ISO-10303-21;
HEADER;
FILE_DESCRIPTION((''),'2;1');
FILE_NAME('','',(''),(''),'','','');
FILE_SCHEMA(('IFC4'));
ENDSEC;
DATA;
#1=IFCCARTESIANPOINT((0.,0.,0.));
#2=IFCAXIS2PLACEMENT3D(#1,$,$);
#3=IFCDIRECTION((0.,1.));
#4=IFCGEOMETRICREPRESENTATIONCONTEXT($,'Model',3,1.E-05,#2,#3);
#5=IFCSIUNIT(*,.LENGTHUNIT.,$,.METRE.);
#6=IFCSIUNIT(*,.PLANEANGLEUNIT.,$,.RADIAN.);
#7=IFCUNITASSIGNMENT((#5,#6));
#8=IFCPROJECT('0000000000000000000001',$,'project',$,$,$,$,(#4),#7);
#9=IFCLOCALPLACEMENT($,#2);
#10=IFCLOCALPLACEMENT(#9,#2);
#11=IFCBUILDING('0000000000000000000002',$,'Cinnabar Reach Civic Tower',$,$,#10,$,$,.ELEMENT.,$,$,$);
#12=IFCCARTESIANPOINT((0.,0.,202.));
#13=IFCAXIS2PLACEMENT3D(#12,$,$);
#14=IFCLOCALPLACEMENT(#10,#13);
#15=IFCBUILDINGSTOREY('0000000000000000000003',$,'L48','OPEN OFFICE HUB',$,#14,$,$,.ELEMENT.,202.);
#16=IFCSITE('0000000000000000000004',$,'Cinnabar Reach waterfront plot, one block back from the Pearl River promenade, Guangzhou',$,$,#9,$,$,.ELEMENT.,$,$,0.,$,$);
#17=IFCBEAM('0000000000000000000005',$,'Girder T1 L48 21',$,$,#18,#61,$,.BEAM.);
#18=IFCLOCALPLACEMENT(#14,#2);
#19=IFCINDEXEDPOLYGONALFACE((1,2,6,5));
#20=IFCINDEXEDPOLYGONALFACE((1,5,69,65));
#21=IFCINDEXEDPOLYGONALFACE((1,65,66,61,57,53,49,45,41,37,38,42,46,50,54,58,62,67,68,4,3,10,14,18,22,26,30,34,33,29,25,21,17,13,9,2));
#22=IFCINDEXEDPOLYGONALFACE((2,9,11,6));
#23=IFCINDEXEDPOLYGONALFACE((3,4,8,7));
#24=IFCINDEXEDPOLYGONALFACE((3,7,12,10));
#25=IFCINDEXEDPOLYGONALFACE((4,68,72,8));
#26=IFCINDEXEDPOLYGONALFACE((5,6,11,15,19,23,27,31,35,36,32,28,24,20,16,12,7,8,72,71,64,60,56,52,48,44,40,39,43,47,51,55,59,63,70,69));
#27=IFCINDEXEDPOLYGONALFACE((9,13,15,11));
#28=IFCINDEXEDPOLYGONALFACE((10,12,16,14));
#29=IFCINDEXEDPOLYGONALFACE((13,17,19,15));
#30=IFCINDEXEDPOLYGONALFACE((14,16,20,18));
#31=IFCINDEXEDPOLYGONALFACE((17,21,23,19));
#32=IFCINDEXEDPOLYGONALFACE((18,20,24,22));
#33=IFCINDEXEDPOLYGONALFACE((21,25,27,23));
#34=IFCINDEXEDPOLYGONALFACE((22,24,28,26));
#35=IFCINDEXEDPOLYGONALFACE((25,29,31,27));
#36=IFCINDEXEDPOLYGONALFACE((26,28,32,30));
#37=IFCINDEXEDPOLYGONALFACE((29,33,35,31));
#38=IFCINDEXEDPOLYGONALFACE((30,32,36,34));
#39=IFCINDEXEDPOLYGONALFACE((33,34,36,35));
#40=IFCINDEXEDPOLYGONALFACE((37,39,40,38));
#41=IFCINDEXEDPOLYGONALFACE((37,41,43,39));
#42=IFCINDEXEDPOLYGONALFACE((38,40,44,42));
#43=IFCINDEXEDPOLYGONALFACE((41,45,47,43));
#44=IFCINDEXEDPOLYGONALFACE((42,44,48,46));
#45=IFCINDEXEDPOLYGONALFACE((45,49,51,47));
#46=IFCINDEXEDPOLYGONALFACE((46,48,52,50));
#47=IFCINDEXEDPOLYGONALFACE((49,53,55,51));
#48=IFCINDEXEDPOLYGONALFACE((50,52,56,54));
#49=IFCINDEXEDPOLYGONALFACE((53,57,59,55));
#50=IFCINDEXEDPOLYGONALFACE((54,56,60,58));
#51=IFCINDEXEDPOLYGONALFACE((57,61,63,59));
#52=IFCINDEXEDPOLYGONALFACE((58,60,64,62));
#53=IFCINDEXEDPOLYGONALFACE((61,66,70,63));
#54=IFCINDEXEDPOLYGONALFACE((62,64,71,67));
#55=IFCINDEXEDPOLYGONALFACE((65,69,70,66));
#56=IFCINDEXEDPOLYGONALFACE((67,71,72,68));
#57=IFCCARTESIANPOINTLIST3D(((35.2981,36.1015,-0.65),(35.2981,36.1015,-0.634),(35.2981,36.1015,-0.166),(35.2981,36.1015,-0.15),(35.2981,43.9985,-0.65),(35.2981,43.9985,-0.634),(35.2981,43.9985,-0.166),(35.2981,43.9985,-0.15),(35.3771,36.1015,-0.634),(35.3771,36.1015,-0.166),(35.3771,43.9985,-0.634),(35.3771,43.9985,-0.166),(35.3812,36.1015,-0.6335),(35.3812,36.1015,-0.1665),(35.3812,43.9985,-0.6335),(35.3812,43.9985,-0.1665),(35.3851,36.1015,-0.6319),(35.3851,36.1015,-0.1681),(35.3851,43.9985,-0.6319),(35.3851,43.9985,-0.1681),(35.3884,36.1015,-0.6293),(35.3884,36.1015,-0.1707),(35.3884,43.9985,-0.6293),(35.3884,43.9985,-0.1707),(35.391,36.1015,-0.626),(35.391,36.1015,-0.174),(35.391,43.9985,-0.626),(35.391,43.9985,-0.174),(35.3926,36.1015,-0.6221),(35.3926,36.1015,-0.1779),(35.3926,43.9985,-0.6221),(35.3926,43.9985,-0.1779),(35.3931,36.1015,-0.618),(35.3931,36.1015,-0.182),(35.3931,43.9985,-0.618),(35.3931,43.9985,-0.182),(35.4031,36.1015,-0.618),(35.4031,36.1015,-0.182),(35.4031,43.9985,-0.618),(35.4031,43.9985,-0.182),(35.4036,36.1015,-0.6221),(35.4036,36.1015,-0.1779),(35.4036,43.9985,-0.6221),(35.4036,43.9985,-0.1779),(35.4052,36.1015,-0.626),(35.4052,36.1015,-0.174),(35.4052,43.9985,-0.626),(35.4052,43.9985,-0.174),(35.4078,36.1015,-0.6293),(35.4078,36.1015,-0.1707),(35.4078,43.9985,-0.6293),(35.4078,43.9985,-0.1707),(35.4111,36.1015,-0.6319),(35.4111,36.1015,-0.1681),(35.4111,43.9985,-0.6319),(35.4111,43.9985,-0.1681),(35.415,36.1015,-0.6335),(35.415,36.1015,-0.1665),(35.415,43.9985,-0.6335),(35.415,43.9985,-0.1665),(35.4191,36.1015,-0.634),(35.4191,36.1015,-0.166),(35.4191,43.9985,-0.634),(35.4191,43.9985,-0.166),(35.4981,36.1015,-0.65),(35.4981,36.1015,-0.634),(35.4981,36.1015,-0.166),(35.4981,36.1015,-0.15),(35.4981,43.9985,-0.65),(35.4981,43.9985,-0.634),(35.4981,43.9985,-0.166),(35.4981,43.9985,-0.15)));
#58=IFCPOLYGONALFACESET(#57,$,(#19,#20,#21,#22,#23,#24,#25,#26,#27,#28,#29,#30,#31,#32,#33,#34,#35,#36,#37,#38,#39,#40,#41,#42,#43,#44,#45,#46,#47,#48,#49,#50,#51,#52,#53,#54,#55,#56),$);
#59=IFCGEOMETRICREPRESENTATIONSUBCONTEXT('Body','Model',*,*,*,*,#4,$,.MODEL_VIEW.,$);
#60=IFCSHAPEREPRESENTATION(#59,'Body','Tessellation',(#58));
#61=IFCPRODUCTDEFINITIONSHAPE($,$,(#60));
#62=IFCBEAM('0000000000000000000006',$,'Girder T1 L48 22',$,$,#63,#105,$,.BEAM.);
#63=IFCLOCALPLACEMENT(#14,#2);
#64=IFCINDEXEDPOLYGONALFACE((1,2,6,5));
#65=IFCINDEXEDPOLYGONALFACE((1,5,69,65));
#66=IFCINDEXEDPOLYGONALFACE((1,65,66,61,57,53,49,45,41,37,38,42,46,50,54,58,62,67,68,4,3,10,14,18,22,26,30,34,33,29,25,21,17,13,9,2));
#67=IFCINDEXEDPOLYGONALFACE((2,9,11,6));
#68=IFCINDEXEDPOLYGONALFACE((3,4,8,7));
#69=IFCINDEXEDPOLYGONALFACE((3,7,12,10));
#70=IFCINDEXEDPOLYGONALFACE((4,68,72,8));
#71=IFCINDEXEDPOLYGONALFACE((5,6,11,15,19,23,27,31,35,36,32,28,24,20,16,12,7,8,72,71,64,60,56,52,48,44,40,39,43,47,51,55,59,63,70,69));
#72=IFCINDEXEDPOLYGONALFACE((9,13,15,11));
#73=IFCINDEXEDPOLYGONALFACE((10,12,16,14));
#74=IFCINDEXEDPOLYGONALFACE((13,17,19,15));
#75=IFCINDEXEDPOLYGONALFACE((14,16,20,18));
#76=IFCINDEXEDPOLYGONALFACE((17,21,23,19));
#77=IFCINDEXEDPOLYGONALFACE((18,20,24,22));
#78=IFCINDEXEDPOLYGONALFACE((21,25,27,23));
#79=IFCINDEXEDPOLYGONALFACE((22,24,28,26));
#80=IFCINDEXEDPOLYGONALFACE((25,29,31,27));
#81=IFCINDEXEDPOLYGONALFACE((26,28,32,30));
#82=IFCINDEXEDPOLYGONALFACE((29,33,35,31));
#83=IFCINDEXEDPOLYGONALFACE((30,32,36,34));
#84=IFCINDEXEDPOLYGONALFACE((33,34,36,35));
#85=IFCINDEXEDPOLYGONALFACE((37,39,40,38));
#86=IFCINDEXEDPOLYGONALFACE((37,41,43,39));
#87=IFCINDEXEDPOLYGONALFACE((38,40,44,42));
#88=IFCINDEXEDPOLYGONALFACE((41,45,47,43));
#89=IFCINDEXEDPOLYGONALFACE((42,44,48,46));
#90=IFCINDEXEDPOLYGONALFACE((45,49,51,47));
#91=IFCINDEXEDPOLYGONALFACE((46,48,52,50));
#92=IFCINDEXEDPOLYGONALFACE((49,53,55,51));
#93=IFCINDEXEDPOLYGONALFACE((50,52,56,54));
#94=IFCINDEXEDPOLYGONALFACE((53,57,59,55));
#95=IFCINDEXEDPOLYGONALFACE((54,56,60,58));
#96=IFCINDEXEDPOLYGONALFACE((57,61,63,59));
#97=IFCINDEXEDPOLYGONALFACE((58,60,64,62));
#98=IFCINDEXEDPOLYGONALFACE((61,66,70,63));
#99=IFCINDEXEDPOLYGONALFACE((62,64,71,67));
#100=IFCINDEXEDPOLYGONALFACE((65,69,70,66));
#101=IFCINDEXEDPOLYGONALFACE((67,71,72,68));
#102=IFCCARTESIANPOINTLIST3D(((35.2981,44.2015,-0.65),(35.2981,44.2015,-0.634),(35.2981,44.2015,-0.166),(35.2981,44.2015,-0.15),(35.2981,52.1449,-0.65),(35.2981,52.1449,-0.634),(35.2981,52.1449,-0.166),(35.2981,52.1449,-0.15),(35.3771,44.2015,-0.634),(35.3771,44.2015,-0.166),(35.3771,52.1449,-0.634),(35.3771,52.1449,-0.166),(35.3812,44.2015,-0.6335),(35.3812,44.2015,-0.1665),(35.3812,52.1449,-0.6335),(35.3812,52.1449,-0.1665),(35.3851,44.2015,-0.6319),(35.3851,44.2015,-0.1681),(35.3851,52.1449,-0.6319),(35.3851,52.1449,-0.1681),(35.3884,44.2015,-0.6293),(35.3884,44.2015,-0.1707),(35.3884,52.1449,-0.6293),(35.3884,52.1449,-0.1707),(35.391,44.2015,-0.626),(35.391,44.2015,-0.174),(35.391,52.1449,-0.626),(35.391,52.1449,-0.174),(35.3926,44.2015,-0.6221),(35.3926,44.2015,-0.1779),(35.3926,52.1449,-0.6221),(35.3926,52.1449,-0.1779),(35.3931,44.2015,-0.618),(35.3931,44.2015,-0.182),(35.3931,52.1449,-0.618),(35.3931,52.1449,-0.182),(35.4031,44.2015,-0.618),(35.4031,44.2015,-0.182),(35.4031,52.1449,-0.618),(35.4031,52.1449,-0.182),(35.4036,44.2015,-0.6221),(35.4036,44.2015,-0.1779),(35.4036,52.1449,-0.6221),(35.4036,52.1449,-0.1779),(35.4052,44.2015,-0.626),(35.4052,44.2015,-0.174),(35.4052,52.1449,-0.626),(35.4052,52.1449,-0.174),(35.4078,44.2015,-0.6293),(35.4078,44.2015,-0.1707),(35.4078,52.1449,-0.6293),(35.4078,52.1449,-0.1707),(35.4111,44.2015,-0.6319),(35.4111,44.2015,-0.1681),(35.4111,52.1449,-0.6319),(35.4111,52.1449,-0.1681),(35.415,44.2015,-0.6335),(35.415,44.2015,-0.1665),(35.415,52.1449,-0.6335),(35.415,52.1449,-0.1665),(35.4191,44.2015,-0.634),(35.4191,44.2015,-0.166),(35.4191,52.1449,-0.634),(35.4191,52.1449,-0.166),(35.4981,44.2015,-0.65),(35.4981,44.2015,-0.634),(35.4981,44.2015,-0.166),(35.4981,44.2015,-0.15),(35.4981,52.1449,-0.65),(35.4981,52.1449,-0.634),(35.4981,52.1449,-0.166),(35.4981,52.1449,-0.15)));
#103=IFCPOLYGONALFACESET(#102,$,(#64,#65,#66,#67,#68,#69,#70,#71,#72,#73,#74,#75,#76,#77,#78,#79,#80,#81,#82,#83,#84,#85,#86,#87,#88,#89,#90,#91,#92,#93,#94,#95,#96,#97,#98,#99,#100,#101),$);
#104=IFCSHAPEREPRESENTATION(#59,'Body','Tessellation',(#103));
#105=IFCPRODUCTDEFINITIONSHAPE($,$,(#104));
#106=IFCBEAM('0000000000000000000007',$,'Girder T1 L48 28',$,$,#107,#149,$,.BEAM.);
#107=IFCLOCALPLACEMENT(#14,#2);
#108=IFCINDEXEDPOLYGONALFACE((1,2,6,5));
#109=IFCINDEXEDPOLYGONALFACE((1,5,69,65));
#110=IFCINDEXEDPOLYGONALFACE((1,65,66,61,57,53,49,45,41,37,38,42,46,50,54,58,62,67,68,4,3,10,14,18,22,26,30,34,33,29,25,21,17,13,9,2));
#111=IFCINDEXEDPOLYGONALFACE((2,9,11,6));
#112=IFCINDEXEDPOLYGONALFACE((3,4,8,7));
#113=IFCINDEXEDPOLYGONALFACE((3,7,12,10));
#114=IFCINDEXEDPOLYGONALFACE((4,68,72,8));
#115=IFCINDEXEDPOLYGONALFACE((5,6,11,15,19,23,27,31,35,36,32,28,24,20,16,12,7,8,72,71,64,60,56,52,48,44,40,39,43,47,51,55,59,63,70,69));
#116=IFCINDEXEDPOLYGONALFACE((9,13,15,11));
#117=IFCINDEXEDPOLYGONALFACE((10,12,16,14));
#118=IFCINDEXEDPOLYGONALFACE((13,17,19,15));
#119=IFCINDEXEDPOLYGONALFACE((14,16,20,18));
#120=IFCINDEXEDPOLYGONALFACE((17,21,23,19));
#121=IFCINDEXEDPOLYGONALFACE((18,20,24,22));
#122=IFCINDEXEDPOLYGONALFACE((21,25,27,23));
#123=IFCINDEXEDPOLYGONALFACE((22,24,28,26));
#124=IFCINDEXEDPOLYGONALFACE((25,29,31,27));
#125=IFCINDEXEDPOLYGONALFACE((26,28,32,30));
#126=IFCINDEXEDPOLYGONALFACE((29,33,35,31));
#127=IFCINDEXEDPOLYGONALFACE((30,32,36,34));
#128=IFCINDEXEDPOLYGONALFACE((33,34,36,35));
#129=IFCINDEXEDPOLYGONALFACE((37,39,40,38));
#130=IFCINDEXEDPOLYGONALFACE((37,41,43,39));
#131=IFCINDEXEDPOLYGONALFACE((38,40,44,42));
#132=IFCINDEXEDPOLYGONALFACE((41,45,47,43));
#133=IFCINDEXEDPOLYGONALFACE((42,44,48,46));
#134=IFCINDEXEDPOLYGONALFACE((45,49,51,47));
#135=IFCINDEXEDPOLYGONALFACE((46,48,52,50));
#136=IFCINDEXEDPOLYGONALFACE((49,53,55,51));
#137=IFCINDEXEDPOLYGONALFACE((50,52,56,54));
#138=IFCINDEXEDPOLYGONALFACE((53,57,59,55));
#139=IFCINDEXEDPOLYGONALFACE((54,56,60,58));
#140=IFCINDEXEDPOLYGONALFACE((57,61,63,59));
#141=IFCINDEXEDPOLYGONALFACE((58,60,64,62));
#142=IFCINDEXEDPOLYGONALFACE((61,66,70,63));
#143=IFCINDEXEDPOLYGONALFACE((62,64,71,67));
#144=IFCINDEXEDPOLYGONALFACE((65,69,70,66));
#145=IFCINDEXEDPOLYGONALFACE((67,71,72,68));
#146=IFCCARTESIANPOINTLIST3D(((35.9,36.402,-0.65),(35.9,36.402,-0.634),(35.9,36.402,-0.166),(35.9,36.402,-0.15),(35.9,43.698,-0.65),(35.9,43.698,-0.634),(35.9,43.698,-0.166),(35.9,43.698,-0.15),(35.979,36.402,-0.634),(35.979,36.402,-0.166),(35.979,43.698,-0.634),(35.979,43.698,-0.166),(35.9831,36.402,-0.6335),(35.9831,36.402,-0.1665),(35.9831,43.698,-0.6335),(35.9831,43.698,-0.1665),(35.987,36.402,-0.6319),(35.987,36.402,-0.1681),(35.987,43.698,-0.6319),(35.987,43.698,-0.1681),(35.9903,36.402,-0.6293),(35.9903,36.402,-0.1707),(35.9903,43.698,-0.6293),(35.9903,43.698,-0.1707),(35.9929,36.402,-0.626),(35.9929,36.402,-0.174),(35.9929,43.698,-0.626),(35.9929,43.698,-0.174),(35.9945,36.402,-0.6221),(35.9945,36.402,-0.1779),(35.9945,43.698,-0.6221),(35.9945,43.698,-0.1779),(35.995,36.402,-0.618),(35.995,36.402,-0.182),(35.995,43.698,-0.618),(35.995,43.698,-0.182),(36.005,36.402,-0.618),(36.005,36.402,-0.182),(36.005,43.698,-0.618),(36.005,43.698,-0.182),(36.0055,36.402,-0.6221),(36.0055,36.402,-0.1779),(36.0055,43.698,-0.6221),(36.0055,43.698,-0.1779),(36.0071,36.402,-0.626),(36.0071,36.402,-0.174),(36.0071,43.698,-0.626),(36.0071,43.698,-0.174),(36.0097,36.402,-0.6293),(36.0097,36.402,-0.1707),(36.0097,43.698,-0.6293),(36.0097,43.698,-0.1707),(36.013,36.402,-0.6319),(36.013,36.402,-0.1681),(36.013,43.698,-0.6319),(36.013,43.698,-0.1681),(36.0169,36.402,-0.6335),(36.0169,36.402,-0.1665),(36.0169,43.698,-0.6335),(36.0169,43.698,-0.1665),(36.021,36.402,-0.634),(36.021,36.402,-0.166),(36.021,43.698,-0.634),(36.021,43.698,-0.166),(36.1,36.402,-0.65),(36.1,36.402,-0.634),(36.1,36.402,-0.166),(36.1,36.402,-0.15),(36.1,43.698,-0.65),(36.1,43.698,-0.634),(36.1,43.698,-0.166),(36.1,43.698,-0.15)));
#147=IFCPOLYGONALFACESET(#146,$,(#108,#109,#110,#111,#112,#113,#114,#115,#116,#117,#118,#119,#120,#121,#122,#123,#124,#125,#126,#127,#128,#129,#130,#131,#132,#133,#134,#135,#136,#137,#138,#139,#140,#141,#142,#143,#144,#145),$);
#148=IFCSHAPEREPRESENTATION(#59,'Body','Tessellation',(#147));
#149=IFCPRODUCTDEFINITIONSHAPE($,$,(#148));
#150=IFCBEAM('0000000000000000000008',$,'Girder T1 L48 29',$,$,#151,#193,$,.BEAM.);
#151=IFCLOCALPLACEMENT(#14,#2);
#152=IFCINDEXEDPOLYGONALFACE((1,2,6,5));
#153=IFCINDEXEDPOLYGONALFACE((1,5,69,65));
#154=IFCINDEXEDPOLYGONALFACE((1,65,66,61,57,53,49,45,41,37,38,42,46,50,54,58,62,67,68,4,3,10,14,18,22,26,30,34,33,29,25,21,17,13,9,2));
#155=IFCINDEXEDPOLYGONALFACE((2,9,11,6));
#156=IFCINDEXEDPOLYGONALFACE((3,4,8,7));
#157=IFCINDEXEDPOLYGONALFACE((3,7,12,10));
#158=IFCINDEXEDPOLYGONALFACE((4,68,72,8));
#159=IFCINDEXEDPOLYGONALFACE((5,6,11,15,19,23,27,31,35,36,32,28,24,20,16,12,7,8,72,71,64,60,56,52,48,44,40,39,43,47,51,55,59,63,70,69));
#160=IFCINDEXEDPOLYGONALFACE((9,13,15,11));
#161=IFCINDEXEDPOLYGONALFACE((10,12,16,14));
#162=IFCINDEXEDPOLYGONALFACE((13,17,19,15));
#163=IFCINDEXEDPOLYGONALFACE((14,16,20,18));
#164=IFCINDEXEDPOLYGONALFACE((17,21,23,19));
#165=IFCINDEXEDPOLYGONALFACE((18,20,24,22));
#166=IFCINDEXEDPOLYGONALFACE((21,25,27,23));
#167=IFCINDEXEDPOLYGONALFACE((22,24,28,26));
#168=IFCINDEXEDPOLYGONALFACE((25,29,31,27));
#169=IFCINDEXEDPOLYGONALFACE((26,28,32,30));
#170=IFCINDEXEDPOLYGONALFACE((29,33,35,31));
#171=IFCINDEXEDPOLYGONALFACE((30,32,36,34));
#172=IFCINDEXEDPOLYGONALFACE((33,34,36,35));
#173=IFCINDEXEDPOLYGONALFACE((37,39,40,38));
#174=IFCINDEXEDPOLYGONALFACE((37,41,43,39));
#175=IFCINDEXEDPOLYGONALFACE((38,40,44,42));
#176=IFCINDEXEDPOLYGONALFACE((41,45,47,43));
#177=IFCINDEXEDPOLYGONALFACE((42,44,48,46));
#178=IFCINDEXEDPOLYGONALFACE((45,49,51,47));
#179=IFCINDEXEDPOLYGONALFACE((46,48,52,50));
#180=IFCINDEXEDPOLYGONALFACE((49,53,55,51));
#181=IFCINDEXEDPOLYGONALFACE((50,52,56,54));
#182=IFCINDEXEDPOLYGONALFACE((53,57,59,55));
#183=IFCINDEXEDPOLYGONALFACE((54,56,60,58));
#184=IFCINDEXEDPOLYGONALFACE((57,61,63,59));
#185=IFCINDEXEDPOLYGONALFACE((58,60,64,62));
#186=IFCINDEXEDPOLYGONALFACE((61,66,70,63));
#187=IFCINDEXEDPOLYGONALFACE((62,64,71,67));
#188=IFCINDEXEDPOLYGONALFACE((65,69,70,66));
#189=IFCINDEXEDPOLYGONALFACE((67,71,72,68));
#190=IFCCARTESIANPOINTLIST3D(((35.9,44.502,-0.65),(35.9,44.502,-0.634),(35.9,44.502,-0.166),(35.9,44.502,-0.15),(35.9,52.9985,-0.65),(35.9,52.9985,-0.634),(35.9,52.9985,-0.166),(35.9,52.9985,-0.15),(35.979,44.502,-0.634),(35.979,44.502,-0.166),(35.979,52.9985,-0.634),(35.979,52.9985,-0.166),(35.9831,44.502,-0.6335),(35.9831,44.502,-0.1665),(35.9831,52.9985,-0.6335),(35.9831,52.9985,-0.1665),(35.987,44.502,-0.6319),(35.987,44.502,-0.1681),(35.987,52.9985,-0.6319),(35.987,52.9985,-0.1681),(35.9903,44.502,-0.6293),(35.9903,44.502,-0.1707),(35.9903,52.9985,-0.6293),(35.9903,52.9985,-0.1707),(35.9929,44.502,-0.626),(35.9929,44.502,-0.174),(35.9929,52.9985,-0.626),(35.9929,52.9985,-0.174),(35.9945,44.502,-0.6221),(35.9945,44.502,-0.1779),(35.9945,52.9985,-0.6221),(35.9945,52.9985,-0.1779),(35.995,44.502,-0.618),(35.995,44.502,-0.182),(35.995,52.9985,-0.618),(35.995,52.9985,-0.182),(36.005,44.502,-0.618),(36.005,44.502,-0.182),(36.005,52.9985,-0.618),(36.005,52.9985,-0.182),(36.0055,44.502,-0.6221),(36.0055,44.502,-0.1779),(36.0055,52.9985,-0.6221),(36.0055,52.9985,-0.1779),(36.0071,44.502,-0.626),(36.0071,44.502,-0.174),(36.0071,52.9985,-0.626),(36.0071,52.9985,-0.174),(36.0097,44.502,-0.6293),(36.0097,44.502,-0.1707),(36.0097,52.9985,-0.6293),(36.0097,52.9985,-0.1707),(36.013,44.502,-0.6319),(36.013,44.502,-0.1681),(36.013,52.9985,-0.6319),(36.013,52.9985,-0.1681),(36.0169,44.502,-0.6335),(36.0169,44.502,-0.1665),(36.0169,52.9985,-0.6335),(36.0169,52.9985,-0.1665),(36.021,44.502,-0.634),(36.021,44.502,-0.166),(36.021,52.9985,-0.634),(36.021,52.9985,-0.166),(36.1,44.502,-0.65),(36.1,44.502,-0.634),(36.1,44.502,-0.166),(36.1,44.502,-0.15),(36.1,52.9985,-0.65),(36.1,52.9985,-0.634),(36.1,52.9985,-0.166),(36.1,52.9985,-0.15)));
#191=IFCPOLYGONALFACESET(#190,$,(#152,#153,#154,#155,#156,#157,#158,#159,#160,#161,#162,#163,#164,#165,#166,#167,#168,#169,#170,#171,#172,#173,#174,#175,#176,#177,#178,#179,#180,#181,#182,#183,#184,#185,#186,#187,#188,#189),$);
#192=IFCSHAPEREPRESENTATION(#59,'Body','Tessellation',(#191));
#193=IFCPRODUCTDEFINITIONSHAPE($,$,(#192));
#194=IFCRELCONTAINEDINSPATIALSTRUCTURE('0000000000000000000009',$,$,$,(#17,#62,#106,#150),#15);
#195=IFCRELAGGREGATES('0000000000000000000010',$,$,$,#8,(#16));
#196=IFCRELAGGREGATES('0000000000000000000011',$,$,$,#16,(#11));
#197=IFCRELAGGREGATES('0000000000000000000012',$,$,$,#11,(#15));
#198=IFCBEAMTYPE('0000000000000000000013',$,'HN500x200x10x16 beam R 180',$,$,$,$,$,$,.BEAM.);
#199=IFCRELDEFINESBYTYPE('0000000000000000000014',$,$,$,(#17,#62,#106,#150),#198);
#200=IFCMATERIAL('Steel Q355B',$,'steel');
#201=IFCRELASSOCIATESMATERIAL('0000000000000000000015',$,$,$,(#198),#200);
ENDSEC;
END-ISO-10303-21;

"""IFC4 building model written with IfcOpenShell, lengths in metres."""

from ifc_helpers import new_model, si_unit, direction, frame, origin, origin_2d, place, context, subcontext, project, spatial, i_section, extrude, material, material_profile, profile_set, type_object, element, save


model = new_model("IFC4")

# Units and contexts
model_context = context("Model", 3, precision=1e-05, world=origin(), true_north=direction((0.0, 1.0)))
body_context = subcontext(model_context, "Body", "Model", "MODEL_VIEW")
ifc_project = project(units=[si_unit("LENGTHUNIT", "METRE"), si_unit("PLANEANGLEUNIT", "RADIAN")], contexts=[model_context])

# Site, building, storey
site_placement = place(None, origin())
site = spatial("IfcSite", under=ifc_project, at=site_placement, Name="Cinnabar Reach waterfront plot, one block back from the Pearl River promenade, Guangzhou", CompositionType="ELEMENT", RefElevation=0.0)
building_placement = place(site_placement, origin())
building = spatial("IfcBuilding", under=site, at=building_placement, Name="Cinnabar Reach Civic Tower", CompositionType="ELEMENT")
storey_placement = place(building_placement, frame((0.0, 0.0, 202.0)))
storey = spatial("IfcBuildingStorey", under=building, at=storey_placement, Name="L48", Description="OPEN OFFICE HUB", CompositionType="ELEMENT", Elevation=202.0)

# Beams
ifc_material_1 = material(Name="Steel Q355B", Category="steel")
ifc_material_profile_1 = material_profile(ifc_material_1, i_section(OverallWidth=0.2, OverallDepth=0.5, WebThickness=0.01, FlangeThickness=0.016, FilletRadius=0.016, at=origin_2d()), Name="HN500x200x10x16")
ifc_profile_set_1 = profile_set([ifc_material_profile_1], Name="Steel Q355B")
beam_type_1 = type_object("IfcBeamType", Name="HN500x200x10x16 beam R 180", PredefinedType="BEAM", material=ifc_profile_set_1)
beam_1_placement = place(storey_placement, frame((35.3981, 36.1015, -0.4), z_axis=(0.0, 1.0, 0.0), x_axis=(-1.0, 0.0, 0.0)))
element("IfcBeam", 1, at=beam_1_placement, inside=storey, type_object=beam_type_1, Name="Girder T1 L48 21", PredefinedType="BEAM", context=body_context, shape_type="SweptSolid", body=[
    extrude(i_section(OverallWidth=0.2, OverallDepth=0.5, WebThickness=0.01, FlangeThickness=0.016, FilletRadius=0.016, at=origin_2d()), origin(), (0.0, 0.0, 1.0), 7.897),
])
beam_2_placement = place(storey_placement, frame((35.3981, 44.2015, -0.4), z_axis=(0.0, 1.0, 0.0), x_axis=(-1.0, 0.0, 0.0)))
element("IfcBeam", 2, at=beam_2_placement, inside=storey, type_object=beam_type_1, Name="Girder T1 L48 22", PredefinedType="BEAM", context=body_context, shape_type="SweptSolid", body=[
    extrude(i_section(OverallWidth=0.2, OverallDepth=0.5, WebThickness=0.01, FlangeThickness=0.016, FilletRadius=0.016, at=origin_2d()), origin(), (0.0, 0.0, 1.0), 7.9434),
])
beam_3_placement = place(storey_placement, frame((36.0, 36.402, -0.4), z_axis=(0.0, 1.0, 0.0), x_axis=(-1.0, 0.0, 0.0)))
element("IfcBeam", 3, at=beam_3_placement, inside=storey, type_object=beam_type_1, Name="Girder T1 L48 28", PredefinedType="BEAM", context=body_context, shape_type="SweptSolid", body=[
    extrude(i_section(OverallWidth=0.2, OverallDepth=0.5, WebThickness=0.01, FlangeThickness=0.016, FilletRadius=0.016, at=origin_2d()), origin(), (0.0, 0.0, 1.0), 7.296),
])
beam_4_placement = place(storey_placement, frame((36.0, 44.502, -0.4), z_axis=(0.0, 1.0, 0.0), x_axis=(-1.0, 0.0, 0.0)))
element("IfcBeam", 4, at=beam_4_placement, inside=storey, type_object=beam_type_1, Name="Girder T1 L48 29", PredefinedType="BEAM", context=body_context, shape_type="SweptSolid", body=[
    extrude(i_section(OverallWidth=0.2, OverallDepth=0.5, WebThickness=0.01, FlangeThickness=0.016, FilletRadius=0.016, at=origin_2d()), origin(), (0.0, 0.0, 1.0), 8.4965),
])

save(model, "model.ifc")
